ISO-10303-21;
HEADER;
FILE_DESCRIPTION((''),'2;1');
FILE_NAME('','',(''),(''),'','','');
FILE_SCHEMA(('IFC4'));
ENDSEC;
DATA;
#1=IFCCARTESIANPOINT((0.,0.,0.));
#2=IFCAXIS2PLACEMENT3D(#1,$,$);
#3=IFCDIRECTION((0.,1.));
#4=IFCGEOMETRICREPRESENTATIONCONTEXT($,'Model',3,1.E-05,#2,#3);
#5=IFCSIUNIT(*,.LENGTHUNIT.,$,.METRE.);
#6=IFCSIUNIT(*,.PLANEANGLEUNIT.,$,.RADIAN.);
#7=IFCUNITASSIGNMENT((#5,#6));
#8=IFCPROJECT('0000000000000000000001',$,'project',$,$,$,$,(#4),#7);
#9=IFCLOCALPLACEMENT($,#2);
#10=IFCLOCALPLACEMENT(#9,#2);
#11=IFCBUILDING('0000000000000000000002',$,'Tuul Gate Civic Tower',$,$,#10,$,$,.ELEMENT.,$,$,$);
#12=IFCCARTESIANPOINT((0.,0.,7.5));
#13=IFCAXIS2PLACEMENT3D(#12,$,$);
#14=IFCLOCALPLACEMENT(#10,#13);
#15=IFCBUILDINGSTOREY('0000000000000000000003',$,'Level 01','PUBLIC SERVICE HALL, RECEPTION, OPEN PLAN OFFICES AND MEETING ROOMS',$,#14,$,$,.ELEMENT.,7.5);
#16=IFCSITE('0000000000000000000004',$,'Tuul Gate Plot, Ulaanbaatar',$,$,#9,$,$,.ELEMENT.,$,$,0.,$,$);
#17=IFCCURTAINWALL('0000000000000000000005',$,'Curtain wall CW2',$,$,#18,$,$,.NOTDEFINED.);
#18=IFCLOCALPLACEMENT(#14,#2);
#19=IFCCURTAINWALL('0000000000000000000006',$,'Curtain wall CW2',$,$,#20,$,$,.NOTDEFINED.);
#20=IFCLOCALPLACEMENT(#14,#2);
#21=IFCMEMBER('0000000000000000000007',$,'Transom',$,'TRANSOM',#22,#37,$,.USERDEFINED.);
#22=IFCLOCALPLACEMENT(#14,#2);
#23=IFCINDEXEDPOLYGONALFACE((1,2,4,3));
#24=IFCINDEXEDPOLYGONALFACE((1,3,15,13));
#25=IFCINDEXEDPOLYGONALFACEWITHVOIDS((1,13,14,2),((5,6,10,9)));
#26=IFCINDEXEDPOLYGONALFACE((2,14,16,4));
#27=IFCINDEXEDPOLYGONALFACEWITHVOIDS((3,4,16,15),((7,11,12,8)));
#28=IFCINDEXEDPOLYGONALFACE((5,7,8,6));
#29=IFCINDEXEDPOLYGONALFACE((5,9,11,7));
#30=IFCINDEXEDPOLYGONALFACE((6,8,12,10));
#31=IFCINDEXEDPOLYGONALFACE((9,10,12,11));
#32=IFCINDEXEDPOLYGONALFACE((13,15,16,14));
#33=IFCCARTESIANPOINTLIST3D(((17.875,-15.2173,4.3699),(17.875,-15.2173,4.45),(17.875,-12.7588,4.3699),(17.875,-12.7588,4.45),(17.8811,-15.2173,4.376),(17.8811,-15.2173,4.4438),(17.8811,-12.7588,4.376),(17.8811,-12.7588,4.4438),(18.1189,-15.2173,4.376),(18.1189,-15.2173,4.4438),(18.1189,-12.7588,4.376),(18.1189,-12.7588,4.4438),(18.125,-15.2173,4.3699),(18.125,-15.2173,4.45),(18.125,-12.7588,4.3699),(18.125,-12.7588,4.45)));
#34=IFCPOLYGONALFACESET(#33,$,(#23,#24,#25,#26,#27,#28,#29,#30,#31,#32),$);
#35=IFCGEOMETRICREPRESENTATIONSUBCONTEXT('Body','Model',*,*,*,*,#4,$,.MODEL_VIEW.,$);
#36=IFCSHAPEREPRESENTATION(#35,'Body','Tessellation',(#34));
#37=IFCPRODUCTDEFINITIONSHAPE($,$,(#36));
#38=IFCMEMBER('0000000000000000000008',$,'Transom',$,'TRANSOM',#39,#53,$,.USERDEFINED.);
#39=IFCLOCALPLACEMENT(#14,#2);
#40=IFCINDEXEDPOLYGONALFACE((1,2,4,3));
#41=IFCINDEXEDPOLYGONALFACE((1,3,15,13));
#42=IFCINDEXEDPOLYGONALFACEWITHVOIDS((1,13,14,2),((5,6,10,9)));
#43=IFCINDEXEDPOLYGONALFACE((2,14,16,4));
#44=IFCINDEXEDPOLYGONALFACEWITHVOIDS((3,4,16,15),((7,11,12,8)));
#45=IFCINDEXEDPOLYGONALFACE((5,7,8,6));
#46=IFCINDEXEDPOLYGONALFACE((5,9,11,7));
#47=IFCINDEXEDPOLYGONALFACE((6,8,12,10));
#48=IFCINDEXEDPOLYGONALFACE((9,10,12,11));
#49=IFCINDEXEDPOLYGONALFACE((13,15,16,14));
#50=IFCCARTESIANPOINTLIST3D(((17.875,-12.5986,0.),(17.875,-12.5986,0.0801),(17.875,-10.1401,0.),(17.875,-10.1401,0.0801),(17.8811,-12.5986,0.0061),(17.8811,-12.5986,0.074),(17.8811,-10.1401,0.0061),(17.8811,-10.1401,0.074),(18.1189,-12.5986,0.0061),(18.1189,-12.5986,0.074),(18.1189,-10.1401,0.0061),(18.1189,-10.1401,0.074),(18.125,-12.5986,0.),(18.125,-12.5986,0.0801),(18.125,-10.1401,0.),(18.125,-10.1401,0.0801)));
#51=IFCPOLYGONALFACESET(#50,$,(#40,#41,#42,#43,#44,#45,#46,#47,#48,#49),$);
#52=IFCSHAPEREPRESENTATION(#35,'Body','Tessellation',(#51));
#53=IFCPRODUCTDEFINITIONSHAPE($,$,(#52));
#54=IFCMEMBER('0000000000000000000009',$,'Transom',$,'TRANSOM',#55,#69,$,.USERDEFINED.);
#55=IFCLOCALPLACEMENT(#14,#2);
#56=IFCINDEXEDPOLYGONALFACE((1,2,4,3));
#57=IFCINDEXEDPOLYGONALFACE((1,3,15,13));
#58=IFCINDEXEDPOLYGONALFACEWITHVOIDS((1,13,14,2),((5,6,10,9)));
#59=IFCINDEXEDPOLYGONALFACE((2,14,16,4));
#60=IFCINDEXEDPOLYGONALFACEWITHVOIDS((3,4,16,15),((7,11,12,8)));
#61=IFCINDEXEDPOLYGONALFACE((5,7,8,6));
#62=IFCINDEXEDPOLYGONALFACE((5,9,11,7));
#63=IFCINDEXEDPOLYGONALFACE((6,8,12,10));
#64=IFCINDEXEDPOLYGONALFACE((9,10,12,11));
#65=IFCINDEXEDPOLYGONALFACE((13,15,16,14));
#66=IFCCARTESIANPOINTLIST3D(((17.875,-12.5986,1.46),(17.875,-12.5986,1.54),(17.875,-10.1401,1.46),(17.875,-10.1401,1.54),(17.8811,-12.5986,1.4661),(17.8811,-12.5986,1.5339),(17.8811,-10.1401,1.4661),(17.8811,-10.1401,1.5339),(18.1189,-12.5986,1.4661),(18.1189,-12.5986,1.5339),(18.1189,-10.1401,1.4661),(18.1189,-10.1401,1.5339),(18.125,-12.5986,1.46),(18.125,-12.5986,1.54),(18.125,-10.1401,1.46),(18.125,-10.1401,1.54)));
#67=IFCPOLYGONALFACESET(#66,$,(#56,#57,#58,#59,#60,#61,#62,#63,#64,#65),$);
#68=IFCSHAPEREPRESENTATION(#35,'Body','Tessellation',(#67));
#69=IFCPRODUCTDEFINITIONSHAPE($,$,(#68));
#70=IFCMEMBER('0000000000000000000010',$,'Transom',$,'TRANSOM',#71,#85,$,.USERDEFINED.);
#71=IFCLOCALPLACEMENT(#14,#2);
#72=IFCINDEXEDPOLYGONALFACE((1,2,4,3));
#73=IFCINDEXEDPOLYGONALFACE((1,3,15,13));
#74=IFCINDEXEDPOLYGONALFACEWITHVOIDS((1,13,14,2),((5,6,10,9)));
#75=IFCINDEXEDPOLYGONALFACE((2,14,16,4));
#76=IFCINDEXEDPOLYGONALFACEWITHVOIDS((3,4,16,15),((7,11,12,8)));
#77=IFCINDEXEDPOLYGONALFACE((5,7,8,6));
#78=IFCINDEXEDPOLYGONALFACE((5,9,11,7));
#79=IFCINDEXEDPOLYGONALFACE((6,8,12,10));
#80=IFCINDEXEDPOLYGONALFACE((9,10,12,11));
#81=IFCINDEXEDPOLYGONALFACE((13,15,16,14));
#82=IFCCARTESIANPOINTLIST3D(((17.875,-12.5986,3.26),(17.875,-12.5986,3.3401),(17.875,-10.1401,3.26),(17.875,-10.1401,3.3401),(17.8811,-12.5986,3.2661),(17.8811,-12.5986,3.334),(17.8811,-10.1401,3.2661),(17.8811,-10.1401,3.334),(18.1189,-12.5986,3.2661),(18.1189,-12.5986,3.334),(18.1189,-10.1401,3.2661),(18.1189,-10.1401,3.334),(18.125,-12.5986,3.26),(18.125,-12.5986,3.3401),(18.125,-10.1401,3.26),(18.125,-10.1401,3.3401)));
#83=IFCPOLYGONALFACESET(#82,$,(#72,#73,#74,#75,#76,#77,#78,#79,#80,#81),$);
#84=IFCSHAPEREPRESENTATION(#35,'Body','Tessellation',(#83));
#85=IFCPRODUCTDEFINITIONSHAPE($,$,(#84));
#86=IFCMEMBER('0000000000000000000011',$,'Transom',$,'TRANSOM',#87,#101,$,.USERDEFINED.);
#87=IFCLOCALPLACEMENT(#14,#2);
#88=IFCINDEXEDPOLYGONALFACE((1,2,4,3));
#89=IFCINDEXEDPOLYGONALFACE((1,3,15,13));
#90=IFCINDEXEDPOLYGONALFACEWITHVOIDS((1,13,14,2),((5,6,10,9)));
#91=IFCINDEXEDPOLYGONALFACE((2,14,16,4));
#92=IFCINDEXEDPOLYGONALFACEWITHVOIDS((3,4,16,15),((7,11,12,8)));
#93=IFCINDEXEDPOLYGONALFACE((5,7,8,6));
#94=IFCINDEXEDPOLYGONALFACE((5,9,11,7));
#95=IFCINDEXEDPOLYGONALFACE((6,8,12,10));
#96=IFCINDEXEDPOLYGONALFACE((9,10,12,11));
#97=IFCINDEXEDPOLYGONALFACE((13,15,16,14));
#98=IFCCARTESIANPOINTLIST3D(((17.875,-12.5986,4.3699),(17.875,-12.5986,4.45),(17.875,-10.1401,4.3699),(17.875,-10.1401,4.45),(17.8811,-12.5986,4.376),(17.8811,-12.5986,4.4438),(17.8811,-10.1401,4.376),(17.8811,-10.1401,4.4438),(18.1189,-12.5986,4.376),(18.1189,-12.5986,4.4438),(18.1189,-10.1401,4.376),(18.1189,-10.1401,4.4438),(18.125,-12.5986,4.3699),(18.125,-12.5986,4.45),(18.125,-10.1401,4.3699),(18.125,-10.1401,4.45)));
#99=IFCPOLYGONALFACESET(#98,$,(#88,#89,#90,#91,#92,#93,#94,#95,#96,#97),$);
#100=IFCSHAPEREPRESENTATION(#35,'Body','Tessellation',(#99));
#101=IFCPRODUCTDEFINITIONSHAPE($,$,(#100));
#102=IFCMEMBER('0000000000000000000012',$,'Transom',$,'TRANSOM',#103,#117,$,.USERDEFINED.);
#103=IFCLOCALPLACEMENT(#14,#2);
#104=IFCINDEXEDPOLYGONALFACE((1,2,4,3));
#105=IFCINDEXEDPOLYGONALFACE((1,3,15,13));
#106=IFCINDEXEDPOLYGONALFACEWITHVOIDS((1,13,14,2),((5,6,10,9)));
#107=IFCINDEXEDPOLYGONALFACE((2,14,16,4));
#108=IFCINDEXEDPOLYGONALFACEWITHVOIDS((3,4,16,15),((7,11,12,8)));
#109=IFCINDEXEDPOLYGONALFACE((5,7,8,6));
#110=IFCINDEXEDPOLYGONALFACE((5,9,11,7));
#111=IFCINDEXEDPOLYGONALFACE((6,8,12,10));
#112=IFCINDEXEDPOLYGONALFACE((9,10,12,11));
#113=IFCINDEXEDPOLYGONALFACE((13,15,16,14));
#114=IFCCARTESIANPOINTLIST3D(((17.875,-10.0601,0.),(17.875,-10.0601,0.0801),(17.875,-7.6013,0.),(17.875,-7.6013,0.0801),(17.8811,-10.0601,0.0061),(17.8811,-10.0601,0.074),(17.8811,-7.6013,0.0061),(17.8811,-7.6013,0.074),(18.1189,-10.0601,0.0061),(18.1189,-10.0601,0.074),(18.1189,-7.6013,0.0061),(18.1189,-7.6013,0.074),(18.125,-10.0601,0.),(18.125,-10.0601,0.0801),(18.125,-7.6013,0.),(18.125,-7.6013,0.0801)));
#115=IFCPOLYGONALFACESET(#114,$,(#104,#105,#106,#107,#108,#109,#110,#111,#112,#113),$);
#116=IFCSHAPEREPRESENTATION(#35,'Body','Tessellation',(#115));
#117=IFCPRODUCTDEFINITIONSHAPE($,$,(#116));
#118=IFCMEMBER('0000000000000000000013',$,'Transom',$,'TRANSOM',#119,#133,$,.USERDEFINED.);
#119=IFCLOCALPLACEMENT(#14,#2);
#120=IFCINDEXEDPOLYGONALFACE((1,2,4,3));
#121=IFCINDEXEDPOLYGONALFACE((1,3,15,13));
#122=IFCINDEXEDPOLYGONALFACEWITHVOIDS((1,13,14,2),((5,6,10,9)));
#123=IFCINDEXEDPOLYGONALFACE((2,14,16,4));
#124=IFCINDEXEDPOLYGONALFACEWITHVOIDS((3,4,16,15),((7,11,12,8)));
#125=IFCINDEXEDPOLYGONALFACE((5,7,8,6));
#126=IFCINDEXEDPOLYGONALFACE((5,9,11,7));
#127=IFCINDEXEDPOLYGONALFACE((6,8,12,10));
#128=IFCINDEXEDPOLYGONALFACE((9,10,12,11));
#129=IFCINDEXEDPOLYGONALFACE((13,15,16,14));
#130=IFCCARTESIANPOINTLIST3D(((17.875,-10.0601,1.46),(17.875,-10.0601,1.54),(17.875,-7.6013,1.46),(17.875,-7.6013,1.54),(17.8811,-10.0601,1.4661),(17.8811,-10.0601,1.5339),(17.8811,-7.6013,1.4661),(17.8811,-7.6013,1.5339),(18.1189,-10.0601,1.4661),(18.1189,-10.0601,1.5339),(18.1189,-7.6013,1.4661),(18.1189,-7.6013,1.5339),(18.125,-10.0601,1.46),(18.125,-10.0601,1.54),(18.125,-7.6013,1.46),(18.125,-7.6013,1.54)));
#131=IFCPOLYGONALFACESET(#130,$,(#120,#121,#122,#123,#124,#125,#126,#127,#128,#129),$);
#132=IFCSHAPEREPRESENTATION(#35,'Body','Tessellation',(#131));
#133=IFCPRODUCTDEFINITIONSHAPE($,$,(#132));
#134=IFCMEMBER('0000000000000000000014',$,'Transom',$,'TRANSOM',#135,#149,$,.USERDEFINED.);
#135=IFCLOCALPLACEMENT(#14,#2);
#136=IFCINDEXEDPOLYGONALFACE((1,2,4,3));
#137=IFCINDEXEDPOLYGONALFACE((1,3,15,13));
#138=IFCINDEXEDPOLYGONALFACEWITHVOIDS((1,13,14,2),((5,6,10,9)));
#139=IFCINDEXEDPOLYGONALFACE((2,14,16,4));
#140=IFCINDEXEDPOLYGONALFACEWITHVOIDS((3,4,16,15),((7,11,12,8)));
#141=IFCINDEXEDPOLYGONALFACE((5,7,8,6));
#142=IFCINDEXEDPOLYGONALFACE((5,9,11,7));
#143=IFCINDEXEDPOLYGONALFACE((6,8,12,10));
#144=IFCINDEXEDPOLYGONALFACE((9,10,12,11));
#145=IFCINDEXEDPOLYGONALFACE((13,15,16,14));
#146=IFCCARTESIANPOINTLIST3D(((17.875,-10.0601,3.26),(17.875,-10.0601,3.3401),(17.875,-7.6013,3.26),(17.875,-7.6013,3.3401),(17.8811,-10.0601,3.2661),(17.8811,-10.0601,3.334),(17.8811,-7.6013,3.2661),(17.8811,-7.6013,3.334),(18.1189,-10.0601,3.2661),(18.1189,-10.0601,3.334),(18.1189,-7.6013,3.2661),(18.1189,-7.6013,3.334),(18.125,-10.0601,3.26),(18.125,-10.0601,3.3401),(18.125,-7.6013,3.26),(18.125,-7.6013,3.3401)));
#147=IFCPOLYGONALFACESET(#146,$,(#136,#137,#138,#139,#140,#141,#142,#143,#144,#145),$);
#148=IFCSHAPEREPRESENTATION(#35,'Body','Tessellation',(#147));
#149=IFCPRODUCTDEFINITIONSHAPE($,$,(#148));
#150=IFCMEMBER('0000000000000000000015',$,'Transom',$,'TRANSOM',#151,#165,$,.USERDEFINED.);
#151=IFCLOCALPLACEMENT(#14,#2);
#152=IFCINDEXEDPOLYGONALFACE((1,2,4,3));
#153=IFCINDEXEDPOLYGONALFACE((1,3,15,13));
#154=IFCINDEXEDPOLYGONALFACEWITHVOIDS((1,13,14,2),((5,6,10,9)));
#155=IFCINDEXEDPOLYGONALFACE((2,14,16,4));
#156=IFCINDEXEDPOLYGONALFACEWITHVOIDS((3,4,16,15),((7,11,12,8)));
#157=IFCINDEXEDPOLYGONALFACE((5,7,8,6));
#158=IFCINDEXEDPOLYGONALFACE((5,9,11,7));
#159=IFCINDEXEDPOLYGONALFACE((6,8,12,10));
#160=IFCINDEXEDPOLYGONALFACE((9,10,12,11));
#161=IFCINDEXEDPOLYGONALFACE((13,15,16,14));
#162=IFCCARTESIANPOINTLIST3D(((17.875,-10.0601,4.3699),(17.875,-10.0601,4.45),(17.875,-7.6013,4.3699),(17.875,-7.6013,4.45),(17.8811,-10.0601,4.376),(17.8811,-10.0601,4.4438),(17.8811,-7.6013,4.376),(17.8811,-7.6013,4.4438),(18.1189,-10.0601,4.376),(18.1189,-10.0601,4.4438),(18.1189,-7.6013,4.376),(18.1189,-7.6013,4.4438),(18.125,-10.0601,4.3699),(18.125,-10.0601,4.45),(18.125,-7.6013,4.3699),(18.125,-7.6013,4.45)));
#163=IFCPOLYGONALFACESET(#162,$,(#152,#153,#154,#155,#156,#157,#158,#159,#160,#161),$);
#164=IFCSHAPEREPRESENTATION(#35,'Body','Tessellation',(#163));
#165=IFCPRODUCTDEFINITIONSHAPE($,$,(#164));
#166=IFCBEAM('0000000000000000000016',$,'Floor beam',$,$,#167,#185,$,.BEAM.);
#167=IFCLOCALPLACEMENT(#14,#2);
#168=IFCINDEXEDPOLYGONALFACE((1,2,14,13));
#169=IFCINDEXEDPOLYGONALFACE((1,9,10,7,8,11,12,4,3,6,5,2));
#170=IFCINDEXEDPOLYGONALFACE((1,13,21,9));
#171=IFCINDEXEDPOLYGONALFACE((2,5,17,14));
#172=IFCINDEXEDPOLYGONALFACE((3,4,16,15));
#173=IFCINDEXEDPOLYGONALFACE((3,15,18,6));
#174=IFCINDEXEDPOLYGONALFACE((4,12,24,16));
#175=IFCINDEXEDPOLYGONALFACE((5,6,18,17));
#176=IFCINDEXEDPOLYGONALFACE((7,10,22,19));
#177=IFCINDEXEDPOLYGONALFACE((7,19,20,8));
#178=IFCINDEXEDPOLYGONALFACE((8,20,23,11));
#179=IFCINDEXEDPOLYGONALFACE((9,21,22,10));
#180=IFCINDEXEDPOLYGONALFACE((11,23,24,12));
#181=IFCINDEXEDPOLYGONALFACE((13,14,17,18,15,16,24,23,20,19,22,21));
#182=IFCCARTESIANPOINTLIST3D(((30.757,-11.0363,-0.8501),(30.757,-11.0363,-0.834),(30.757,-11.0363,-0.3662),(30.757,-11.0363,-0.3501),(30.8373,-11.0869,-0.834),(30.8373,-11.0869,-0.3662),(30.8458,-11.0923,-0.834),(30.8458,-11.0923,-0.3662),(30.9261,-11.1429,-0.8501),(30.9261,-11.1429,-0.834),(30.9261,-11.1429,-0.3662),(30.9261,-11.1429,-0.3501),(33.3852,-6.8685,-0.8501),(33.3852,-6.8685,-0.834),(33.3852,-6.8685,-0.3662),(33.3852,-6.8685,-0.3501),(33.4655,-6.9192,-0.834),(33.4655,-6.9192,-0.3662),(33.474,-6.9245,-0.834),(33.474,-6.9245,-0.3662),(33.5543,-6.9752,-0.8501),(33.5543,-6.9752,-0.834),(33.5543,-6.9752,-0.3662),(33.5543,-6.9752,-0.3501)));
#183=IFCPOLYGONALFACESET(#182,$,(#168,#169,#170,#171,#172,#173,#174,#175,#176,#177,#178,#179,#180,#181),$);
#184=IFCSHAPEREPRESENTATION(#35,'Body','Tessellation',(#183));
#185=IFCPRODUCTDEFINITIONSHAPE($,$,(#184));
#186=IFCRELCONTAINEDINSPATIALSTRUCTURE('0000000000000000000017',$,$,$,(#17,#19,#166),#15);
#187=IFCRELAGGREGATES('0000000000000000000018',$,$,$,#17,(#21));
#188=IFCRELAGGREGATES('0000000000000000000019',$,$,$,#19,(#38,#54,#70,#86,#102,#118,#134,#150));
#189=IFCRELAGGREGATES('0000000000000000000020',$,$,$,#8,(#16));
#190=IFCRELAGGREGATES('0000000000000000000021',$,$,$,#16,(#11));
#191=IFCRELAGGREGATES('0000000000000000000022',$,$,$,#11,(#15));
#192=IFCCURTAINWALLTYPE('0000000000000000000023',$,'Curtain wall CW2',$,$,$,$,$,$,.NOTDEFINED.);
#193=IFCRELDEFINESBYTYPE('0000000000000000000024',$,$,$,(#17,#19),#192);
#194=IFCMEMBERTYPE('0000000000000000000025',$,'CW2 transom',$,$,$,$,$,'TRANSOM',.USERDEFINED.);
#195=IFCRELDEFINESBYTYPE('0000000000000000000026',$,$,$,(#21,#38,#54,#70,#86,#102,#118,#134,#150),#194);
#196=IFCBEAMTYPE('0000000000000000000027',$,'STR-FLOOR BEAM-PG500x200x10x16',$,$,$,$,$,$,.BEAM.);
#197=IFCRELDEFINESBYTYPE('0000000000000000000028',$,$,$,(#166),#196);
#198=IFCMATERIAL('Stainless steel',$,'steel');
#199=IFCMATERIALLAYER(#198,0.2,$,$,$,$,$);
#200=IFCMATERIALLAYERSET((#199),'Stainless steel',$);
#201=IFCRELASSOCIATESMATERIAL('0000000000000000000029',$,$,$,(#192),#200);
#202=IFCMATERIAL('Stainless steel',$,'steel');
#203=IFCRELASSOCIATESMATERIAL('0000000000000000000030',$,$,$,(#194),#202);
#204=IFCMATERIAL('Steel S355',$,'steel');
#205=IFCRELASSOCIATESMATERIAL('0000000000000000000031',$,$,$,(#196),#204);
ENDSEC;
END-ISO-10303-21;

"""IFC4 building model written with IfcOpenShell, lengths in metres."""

from ifc_helpers import new_model, si_unit, direction, frame, origin, origin_2d, place, context, subcontext, project, spatial, hollow_rectangle, i_section, extrude, material, layer, layer_set, material_profile, profile_set, type_object, element, aggregate, save


model = new_model("IFC4")

# Units and contexts
model_context = context("Model", 3, precision=1e-05, world=origin(), true_north=direction((0.0, 1.0)))
body_context = subcontext(model_context, "Body", "Model", "MODEL_VIEW")
ifc_project = project(units=[si_unit("LENGTHUNIT", "METRE"), si_unit("PLANEANGLEUNIT", "RADIAN")], contexts=[model_context])

# Site, building, storey
site_placement = place(None, origin())
site = spatial("IfcSite", under=ifc_project, at=site_placement, Name="Tuul Gate Plot, Ulaanbaatar", CompositionType="ELEMENT", RefElevation=0.0)
building_placement = place(site_placement, origin())
building = spatial("IfcBuilding", under=site, at=building_placement, Name="Tuul Gate Civic Tower", CompositionType="ELEMENT")
storey_placement = place(building_placement, frame((0.0, 0.0, 7.5)))
storey = spatial("IfcBuildingStorey", under=building, at=storey_placement, Name="Level 01", Description="PUBLIC SERVICE HALL, RECEPTION, OPEN PLAN OFFICES AND MEETING ROOMS", CompositionType="ELEMENT", Elevation=7.5)

# Curtain walls
ifc_material_1 = material(Name="Stainless steel", Category="steel")
ifc_layer_1 = layer(ifc_material_1, 0.2)
ifc_layer_set_1 = layer_set([ifc_layer_1], Name="Stainless steel")
curtain_wall_type = type_object("IfcCurtainWallType", Name="Curtain wall CW2", PredefinedType="NOTDEFINED", material=ifc_layer_set_1)
curtain_wall_1_placement = place(storey_placement, origin())
curtain_wall_1 = element("IfcCurtainWall", 1, at=curtain_wall_1_placement, inside=storey, type_object=curtain_wall_type, Name="Curtain wall CW2", PredefinedType="NOTDEFINED")
curtain_wall_2_placement = place(storey_placement, origin())
curtain_wall_2 = element("IfcCurtainWall", 2, at=curtain_wall_2_placement, inside=storey, type_object=curtain_wall_type, Name="Curtain wall CW2", PredefinedType="NOTDEFINED")

# Members
ifc_material_2 = material(Name="Stainless steel", Category="steel")
ifc_material_profile_1 = material_profile(ifc_material_2, hollow_rectangle(XDim=0.25, YDim=0.0801, WallThickness=0.0061, at=origin_2d()), Name="CW2 transom")
ifc_profile_set_1 = profile_set([ifc_material_profile_1], Name="Stainless steel")
member_type_1 = type_object("IfcMemberType", Name="CW2 transom", ElementType="TRANSOM", PredefinedType="USERDEFINED", material=ifc_profile_set_1)
member_1_placement = place(storey_placement, frame((18.0, -15.2173, 4.4099), z_axis=(0.0, 1.0, 0.0), x_axis=(-1.0, 0.0, 0.0)))
member_1 = element("IfcMember", 3, at=member_1_placement, type_object=member_type_1, Name="Transom", ObjectType="TRANSOM", PredefinedType="USERDEFINED", context=body_context, shape_type="SweptSolid", body=[
    extrude(hollow_rectangle(XDim=0.25, YDim=0.0801, WallThickness=0.0061, at=origin_2d()), origin(), (0.0, 0.0, 1.0), 2.4585),
])
member_2_placement = place(storey_placement, frame((18.0, -12.5986, 0.04), z_axis=(0.0, 1.0, 0.0), x_axis=(-1.0, 0.0, 0.0)))
member_2 = element("IfcMember", 4, at=member_2_placement, type_object=member_type_1, Name="Transom", ObjectType="TRANSOM", PredefinedType="USERDEFINED", context=body_context, shape_type="SweptSolid", body=[
    extrude(hollow_rectangle(XDim=0.25, YDim=0.0801, WallThickness=0.0061, at=origin_2d()), origin(), (0.0, 0.0, 1.0), 2.4585),
])
member_3_placement = place(storey_placement, frame((18.0, -12.5986, 1.5), z_axis=(0.0, 1.0, 0.0), x_axis=(-1.0, 0.0, 0.0)))
member_3 = element("IfcMember", 5, at=member_3_placement, type_object=member_type_1, Name="Transom", ObjectType="TRANSOM", PredefinedType="USERDEFINED", context=body_context, shape_type="SweptSolid", body=[
    extrude(hollow_rectangle(XDim=0.25, YDim=0.0801, WallThickness=0.0061, at=origin_2d()), origin(), (0.0, 0.0, 1.0), 2.4585),
])
member_4_placement = place(storey_placement, frame((18.0, -12.5986, 3.3), z_axis=(0.0, 1.0, 0.0), x_axis=(-1.0, 0.0, 0.0)))
member_4 = element("IfcMember", 6, at=member_4_placement, type_object=member_type_1, Name="Transom", ObjectType="TRANSOM", PredefinedType="USERDEFINED", context=body_context, shape_type="SweptSolid", body=[
    extrude(hollow_rectangle(XDim=0.25, YDim=0.0801, WallThickness=0.0061, at=origin_2d()), origin(), (0.0, 0.0, 1.0), 2.4585),
])
member_5_placement = place(storey_placement, frame((18.0, -12.5986, 4.4099), z_axis=(0.0, 1.0, 0.0), x_axis=(-1.0, 0.0, 0.0)))
member_5 = element("IfcMember", 7, at=member_5_placement, type_object=member_type_1, Name="Transom", ObjectType="TRANSOM", PredefinedType="USERDEFINED", context=body_context, shape_type="SweptSolid", body=[
    extrude(hollow_rectangle(XDim=0.25, YDim=0.0801, WallThickness=0.0061, at=origin_2d()), origin(), (0.0, 0.0, 1.0), 2.4585),
])
member_6_placement = place(storey_placement, frame((18.0, -10.0601, 0.04), z_axis=(0.0, 1.0, 0.0), x_axis=(-1.0, 0.0, 0.0)))
member_6 = element("IfcMember", 8, at=member_6_placement, type_object=member_type_1, Name="Transom", ObjectType="TRANSOM", PredefinedType="USERDEFINED", context=body_context, shape_type="SweptSolid", body=[
    extrude(hollow_rectangle(XDim=0.25, YDim=0.0801, WallThickness=0.0061, at=origin_2d()), origin(), (0.0, 0.0, 1.0), 2.4587),
])
member_7_placement = place(storey_placement, frame((18.0, -10.0601, 1.5), z_axis=(0.0, 1.0, 0.0), x_axis=(-1.0, 0.0, 0.0)))
member_7 = element("IfcMember", 9, at=member_7_placement, type_object=member_type_1, Name="Transom", ObjectType="TRANSOM", PredefinedType="USERDEFINED", context=body_context, shape_type="SweptSolid", body=[
    extrude(hollow_rectangle(XDim=0.25, YDim=0.0801, WallThickness=0.0061, at=origin_2d()), origin(), (0.0, 0.0, 1.0), 2.4587),
])
member_8_placement = place(storey_placement, frame((18.0, -10.0601, 3.3), z_axis=(0.0, 1.0, 0.0), x_axis=(-1.0, 0.0, 0.0)))
member_8 = element("IfcMember", 10, at=member_8_placement, type_object=member_type_1, Name="Transom", ObjectType="TRANSOM", PredefinedType="USERDEFINED", context=body_context, shape_type="SweptSolid", body=[
    extrude(hollow_rectangle(XDim=0.25, YDim=0.0801, WallThickness=0.0061, at=origin_2d()), origin(), (0.0, 0.0, 1.0), 2.4587),
])
member_9_placement = place(storey_placement, frame((18.0, -10.0601, 4.4099), z_axis=(0.0, 1.0, 0.0), x_axis=(-1.0, 0.0, 0.0)))
member_9 = element("IfcMember", 11, at=member_9_placement, type_object=member_type_1, Name="Transom", ObjectType="TRANSOM", PredefinedType="USERDEFINED", context=body_context, shape_type="SweptSolid", body=[
    extrude(hollow_rectangle(XDim=0.25, YDim=0.0801, WallThickness=0.0061, at=origin_2d()), origin(), (0.0, 0.0, 1.0), 2.4587),
])

# Beam
ifc_material_3 = material(Name="Steel S355", Category="steel")
ifc_material_profile_2 = material_profile(ifc_material_3, i_section(OverallWidth=0.2, OverallDepth=0.5, WebThickness=0.01, FlangeThickness=0.0161, at=origin_2d()), Name="PG500x200x10x16")
ifc_profile_set_2 = profile_set([ifc_material_profile_2], Name="Steel S355")
beam_type_1 = type_object("IfcBeamType", Name="STR-FLOOR BEAM-PG500x200x10x16", PredefinedType="BEAM", material=ifc_profile_set_2)
beam_1_placement = place(storey_placement, frame((30.8416, -11.0896, -0.6001), z_axis=(0.533402, 0.845862, 0.0), x_axis=(-0.845862, 0.533402, 0.0)))
element("IfcBeam", 12, at=beam_1_placement, inside=storey, type_object=beam_type_1, Name="Floor beam", PredefinedType="BEAM", context=body_context, shape_type="SweptSolid", body=[
    extrude(i_section(OverallWidth=0.2, OverallDepth=0.5, WebThickness=0.01, FlangeThickness=0.0161, at=origin_2d()), origin(), (0.0, 0.0, 1.0), 4.9272),
])

aggregate(curtain_wall_1, [member_1])
aggregate(curtain_wall_2, [member_2, member_3, member_4, member_5, member_6, member_7, member_8, member_9])

save(model, "model.ifc")
